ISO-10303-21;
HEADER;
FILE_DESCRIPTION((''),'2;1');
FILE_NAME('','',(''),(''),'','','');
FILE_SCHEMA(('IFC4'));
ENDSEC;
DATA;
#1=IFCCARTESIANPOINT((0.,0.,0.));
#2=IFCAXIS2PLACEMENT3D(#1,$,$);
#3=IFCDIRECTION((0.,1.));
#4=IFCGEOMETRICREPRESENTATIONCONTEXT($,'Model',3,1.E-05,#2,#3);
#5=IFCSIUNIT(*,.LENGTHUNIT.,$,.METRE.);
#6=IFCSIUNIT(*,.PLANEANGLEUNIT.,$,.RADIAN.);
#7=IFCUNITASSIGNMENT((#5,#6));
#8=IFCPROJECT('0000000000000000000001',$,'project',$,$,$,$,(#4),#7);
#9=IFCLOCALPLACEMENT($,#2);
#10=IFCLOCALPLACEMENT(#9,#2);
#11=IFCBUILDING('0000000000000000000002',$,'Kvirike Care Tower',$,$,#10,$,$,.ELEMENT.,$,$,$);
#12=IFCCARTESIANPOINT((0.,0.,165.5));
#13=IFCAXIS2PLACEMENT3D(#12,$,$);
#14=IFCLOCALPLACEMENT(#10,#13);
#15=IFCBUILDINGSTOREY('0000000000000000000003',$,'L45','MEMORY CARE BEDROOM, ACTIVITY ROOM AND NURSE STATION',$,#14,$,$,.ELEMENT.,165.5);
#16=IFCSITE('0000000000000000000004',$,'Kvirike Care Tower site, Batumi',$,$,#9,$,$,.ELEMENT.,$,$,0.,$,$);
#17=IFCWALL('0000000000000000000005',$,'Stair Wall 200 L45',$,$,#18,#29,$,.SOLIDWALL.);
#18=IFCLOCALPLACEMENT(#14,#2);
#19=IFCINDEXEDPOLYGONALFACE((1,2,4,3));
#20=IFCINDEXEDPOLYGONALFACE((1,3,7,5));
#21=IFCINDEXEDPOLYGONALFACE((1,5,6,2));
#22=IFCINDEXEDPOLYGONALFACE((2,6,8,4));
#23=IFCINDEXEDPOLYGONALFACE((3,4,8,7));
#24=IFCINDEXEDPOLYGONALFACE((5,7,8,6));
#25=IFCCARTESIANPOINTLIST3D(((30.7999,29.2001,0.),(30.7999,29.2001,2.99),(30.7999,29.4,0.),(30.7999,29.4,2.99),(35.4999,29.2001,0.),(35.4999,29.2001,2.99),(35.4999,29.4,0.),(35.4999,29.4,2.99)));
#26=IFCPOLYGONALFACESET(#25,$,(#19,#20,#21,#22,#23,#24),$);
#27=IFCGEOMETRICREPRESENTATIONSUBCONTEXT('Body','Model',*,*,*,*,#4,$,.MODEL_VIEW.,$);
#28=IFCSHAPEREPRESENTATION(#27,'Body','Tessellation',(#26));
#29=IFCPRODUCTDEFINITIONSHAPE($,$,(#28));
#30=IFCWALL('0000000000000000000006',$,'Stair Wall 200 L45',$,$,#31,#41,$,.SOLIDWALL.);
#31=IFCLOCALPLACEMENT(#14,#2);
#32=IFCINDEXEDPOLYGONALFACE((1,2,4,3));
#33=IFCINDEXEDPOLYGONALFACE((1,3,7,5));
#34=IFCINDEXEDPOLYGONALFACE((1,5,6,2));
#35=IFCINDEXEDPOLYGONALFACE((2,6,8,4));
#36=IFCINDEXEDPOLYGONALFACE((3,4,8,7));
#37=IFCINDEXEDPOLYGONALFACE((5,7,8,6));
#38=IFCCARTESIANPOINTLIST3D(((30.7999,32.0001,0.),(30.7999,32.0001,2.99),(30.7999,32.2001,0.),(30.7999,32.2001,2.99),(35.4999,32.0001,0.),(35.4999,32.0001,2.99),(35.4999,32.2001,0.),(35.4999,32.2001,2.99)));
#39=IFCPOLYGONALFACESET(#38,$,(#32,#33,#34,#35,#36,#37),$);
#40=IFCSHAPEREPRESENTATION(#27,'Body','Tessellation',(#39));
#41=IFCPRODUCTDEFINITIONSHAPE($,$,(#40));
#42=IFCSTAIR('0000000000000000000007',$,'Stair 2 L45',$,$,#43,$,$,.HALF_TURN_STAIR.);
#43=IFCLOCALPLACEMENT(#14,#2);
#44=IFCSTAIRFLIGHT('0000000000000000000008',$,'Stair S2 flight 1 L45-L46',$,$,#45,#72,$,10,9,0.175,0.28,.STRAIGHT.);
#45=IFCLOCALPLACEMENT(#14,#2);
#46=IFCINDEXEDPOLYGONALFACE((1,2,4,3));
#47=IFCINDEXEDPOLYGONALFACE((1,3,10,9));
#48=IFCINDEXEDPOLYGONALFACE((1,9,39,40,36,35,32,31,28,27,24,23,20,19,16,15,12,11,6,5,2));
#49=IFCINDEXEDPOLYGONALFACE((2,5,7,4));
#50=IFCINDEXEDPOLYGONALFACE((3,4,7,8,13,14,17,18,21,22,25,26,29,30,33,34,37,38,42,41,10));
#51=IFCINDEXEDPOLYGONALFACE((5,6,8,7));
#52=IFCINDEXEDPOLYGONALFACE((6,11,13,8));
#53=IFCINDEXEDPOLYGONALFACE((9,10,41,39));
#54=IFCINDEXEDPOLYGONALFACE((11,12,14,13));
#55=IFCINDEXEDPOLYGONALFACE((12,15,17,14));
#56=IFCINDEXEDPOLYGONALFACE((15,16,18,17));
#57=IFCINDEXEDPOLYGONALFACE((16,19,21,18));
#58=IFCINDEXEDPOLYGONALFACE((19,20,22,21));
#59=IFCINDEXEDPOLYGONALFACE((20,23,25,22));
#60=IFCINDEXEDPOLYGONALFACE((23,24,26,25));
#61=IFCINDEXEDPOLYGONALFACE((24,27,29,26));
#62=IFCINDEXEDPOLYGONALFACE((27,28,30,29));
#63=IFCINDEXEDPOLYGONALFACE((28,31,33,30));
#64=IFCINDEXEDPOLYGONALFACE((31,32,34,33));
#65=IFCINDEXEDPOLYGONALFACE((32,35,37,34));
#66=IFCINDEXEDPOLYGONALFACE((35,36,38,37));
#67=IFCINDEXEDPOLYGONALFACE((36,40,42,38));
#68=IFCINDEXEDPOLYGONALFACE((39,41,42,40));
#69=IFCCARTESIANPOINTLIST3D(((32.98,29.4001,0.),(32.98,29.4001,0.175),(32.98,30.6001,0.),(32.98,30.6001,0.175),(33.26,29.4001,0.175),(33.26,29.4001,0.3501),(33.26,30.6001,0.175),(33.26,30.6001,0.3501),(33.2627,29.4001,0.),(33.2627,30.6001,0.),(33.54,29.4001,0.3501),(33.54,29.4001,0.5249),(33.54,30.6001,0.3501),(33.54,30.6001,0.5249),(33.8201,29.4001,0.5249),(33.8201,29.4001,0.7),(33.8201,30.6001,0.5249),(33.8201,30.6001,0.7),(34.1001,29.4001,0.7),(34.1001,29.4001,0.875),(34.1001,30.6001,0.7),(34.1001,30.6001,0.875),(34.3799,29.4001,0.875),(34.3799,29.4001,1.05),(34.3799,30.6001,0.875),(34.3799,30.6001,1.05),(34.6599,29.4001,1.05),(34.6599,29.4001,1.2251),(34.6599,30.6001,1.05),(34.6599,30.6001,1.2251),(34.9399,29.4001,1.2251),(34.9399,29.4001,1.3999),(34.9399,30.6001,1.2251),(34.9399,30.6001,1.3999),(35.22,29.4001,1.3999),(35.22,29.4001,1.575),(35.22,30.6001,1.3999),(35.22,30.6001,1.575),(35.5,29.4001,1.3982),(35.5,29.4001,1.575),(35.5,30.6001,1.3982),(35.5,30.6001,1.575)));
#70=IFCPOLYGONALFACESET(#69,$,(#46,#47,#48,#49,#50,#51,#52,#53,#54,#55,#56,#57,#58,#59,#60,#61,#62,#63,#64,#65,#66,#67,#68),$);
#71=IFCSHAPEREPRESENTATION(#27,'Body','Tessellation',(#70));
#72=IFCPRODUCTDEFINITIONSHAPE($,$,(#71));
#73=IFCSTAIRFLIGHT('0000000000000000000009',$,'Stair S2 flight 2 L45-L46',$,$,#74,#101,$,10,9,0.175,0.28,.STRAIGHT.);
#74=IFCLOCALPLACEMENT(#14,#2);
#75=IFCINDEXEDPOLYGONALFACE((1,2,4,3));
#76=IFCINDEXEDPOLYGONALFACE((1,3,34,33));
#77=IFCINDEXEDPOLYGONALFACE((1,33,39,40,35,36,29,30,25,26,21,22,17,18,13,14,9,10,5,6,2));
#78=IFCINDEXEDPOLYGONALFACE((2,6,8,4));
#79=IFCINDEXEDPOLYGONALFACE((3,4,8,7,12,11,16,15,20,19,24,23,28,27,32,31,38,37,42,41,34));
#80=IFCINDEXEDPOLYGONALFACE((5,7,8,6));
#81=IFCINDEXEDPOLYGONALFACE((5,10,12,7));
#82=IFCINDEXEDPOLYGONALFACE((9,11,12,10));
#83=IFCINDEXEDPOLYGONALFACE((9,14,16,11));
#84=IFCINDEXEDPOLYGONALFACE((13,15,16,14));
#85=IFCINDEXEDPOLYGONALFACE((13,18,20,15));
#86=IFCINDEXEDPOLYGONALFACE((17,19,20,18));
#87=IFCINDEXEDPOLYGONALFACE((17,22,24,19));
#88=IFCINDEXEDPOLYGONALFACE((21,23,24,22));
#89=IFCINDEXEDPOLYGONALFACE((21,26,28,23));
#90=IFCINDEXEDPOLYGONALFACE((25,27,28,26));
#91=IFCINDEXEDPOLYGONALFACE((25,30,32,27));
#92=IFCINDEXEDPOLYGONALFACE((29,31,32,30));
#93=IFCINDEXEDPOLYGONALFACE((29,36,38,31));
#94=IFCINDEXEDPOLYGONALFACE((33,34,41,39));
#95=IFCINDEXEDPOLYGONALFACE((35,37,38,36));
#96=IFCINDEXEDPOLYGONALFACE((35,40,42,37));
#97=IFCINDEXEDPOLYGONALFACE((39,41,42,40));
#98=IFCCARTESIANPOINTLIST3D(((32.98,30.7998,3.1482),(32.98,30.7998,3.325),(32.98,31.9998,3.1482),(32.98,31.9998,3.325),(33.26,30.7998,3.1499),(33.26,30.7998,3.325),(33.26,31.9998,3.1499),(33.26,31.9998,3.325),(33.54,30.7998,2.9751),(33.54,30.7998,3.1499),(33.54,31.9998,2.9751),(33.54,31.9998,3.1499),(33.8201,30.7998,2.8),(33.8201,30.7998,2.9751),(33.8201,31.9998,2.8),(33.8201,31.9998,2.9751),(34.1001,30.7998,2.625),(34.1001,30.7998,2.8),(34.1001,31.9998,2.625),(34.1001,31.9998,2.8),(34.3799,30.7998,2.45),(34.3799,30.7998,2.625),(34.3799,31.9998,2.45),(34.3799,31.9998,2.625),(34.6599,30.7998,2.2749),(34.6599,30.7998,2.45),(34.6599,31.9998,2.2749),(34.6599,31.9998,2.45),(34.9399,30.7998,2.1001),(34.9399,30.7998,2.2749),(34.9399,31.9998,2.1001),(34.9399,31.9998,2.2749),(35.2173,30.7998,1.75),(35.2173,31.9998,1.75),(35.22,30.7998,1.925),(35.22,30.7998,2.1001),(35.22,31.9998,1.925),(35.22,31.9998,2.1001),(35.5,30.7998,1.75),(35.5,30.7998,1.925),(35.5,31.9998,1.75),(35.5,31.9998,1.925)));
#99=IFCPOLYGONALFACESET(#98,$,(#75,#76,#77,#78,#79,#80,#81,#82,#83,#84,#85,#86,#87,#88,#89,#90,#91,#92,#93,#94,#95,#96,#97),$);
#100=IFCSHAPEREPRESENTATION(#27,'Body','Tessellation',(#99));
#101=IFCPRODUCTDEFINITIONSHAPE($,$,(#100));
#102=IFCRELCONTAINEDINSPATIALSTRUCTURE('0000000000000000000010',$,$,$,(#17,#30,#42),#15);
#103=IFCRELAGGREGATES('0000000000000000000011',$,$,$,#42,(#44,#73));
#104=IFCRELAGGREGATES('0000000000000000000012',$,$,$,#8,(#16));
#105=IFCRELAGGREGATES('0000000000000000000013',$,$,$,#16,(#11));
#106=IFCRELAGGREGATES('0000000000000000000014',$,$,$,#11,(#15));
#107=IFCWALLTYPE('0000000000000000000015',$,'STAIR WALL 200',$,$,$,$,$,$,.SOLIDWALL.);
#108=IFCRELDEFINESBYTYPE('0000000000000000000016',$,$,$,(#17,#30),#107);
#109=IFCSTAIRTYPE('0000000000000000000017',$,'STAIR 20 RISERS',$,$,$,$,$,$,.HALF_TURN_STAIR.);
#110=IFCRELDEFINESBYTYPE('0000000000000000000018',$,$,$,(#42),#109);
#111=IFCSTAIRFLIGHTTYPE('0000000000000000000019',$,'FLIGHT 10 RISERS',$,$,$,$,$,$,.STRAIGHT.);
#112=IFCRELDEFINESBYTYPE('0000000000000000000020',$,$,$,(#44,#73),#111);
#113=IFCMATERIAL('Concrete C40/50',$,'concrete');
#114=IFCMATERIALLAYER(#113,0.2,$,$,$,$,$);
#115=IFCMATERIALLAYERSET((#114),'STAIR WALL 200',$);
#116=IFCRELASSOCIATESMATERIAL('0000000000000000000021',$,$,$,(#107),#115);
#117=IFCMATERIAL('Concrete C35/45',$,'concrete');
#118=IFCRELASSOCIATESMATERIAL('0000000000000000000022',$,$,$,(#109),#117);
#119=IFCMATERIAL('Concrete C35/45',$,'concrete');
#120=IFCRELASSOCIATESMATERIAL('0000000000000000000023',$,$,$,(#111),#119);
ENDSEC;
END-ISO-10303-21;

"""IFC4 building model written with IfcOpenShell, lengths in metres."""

from ifc_helpers import new_model, si_unit, direction, frame, frame_2d, origin, place, context, subcontext, project, spatial, polyline, rectangle, outline, extrude, material, layer, layer_set, type_object, element, aggregate, save


model = new_model("IFC4")

# Units and contexts
model_context = context("Model", 3, precision=1e-05, world=origin(), true_north=direction((0.0, 1.0)))
body_context = subcontext(model_context, "Body", "Model", "MODEL_VIEW")
ifc_project = project(units=[si_unit("LENGTHUNIT", "METRE"), si_unit("PLANEANGLEUNIT", "RADIAN")], contexts=[model_context])

# Site, building, storey
site_placement = place(None, origin())
site = spatial("IfcSite", under=ifc_project, at=site_placement, Name="Kvirike Care Tower site, Batumi", CompositionType="ELEMENT", RefElevation=0.0)
building_placement = place(site_placement, origin())
building = spatial("IfcBuilding", under=site, at=building_placement, Name="Kvirike Care Tower", CompositionType="ELEMENT")
storey_placement = place(building_placement, frame((0.0, 0.0, 165.5)))
storey = spatial("IfcBuildingStorey", under=building, at=storey_placement, Name="L45", Description="MEMORY CARE BEDROOM, ACTIVITY ROOM AND NURSE STATION", CompositionType="ELEMENT", Elevation=165.5)

# Walls
ifc_material_1 = material(Name="Concrete C40/50", Category="concrete")
ifc_layer_1 = layer(ifc_material_1, 0.2)
ifc_layer_set_1 = layer_set([ifc_layer_1], Name="STAIR WALL 200")
wall_type_1 = type_object("IfcWallType", Name="STAIR WALL 200", PredefinedType="SOLIDWALL", material=ifc_layer_set_1)
for number, where, z_axis, x_axis, name in (
    (1, (35.5, 29.3, 0.0), (0.0, 0.0, 1.0), (-1.0, 0.0, 0.0), "Stair Wall 200 L45"),
    (2, (35.5, 32.1001, 0.0), (0.0, 0.0, 1.0), (-1.0, 0.0, 0.0), "Stair Wall 200 L45"),
):
    element("IfcWall", number, at=place(storey_placement, frame(where, z_axis=z_axis, x_axis=x_axis)), inside=storey, type_object=wall_type_1, Name=name, PredefinedType="SOLIDWALL", context=body_context, shape_type="SweptSolid", body=[
        extrude(rectangle(XDim=4.7, YDim=0.2, at=frame_2d((2.3501, 0.0))), origin(), (0.0, 0.0, 1.0), 2.99),
    ])

# Stair, stair flights
ifc_material_2 = material(Name="Concrete C35/45", Category="concrete")
stair_type = type_object("IfcStairType", Name="STAIR 20 RISERS", PredefinedType="HALF_TURN_STAIR", material=ifc_material_2)
stair_placement = place(storey_placement, origin())
stair = element("IfcStair", 3, at=stair_placement, inside=storey, type_object=stair_type, Name="Stair 2 L45", PredefinedType="HALF_TURN_STAIR")
ifc_material_3 = material(Name="Concrete C35/45", Category="concrete")
stair_flight_type = type_object("IfcStairFlightType", Name="FLIGHT 10 RISERS", PredefinedType="STRAIGHT", material=ifc_material_3)
stair_flight_1_placement = place(storey_placement, frame((32.98, 30.0, 0.0), z_axis=(0.0, 0.0, 1.0), x_axis=(1.0, 0.0, 0.0)))
stair_flight_1 = element("IfcStairFlight", 4, at=stair_flight_1_placement, type_object=stair_flight_type, Name="Stair S2 flight 1 L45-L46", NumberOfRisers=10, NumberOfTreads=9, PredefinedType="STRAIGHT", RiserHeight=0.175, TreadLength=0.28, context=body_context, shape_type="SweptSolid", body=[
    extrude(outline(polyline([(0.0, 0.0), (0.0, 0.175), (0.28, 0.175), (0.28, 0.3501), (0.5601, 0.3501), (0.5601, 0.5249), (0.8401, 0.5249), (0.8401, 0.7), (1.1201, 0.7), (1.1201, 0.875), (1.3999, 0.875), (1.3999, 1.05), (1.6799, 1.05), (1.6799, 1.2251), (1.96, 1.2251), (1.96, 1.3999), (2.24, 1.3999), (2.24, 1.575), (2.52, 1.575), (2.52, 1.75), (2.52, 1.3982), (0.2827, 0.0), (0.0, 0.0)])), frame((0.0, 0.6001, 0.0), z_axis=(0.0, -1.0, 0.0), x_axis=(1.0, 0.0, 0.0)), (0.0, 0.0, 1.0), 1.2),
])
stair_flight_2_placement = place(storey_placement, frame((35.5, 31.3999, 1.75), z_axis=(0.0, 0.0, 1.0), x_axis=(-1.0, 0.0, 0.0)))
stair_flight_2 = element("IfcStairFlight", 5, at=stair_flight_2_placement, type_object=stair_flight_type, Name="Stair S2 flight 2 L45-L46", NumberOfRisers=10, NumberOfTreads=9, PredefinedType="STRAIGHT", RiserHeight=0.175, TreadLength=0.28, context=body_context, shape_type="SweptSolid", body=[
    extrude(outline(polyline([(0.0, 0.0), (0.0, 0.175), (0.28, 0.175), (0.28, 0.3501), (0.5601, 0.3501), (0.5601, 0.5249), (0.8401, 0.5249), (0.8401, 0.7), (1.1201, 0.7), (1.1201, 0.875), (1.3999, 0.875), (1.3999, 1.05), (1.6799, 1.05), (1.6799, 1.2251), (1.96, 1.2251), (1.96, 1.3999), (2.24, 1.3999), (2.24, 1.575), (2.52, 1.575), (2.52, 1.75), (2.52, 1.3982), (0.2827, 0.0), (0.0, 0.0)])), frame((0.0, 0.6001, 0.0), z_axis=(0.0, -1.0, 0.0), x_axis=(1.0, 0.0, 0.0)), (0.0, 0.0, 1.0), 1.2),
])
aggregate(stair, [stair_flight_1, stair_flight_2])

save(model, "model.ifc")
